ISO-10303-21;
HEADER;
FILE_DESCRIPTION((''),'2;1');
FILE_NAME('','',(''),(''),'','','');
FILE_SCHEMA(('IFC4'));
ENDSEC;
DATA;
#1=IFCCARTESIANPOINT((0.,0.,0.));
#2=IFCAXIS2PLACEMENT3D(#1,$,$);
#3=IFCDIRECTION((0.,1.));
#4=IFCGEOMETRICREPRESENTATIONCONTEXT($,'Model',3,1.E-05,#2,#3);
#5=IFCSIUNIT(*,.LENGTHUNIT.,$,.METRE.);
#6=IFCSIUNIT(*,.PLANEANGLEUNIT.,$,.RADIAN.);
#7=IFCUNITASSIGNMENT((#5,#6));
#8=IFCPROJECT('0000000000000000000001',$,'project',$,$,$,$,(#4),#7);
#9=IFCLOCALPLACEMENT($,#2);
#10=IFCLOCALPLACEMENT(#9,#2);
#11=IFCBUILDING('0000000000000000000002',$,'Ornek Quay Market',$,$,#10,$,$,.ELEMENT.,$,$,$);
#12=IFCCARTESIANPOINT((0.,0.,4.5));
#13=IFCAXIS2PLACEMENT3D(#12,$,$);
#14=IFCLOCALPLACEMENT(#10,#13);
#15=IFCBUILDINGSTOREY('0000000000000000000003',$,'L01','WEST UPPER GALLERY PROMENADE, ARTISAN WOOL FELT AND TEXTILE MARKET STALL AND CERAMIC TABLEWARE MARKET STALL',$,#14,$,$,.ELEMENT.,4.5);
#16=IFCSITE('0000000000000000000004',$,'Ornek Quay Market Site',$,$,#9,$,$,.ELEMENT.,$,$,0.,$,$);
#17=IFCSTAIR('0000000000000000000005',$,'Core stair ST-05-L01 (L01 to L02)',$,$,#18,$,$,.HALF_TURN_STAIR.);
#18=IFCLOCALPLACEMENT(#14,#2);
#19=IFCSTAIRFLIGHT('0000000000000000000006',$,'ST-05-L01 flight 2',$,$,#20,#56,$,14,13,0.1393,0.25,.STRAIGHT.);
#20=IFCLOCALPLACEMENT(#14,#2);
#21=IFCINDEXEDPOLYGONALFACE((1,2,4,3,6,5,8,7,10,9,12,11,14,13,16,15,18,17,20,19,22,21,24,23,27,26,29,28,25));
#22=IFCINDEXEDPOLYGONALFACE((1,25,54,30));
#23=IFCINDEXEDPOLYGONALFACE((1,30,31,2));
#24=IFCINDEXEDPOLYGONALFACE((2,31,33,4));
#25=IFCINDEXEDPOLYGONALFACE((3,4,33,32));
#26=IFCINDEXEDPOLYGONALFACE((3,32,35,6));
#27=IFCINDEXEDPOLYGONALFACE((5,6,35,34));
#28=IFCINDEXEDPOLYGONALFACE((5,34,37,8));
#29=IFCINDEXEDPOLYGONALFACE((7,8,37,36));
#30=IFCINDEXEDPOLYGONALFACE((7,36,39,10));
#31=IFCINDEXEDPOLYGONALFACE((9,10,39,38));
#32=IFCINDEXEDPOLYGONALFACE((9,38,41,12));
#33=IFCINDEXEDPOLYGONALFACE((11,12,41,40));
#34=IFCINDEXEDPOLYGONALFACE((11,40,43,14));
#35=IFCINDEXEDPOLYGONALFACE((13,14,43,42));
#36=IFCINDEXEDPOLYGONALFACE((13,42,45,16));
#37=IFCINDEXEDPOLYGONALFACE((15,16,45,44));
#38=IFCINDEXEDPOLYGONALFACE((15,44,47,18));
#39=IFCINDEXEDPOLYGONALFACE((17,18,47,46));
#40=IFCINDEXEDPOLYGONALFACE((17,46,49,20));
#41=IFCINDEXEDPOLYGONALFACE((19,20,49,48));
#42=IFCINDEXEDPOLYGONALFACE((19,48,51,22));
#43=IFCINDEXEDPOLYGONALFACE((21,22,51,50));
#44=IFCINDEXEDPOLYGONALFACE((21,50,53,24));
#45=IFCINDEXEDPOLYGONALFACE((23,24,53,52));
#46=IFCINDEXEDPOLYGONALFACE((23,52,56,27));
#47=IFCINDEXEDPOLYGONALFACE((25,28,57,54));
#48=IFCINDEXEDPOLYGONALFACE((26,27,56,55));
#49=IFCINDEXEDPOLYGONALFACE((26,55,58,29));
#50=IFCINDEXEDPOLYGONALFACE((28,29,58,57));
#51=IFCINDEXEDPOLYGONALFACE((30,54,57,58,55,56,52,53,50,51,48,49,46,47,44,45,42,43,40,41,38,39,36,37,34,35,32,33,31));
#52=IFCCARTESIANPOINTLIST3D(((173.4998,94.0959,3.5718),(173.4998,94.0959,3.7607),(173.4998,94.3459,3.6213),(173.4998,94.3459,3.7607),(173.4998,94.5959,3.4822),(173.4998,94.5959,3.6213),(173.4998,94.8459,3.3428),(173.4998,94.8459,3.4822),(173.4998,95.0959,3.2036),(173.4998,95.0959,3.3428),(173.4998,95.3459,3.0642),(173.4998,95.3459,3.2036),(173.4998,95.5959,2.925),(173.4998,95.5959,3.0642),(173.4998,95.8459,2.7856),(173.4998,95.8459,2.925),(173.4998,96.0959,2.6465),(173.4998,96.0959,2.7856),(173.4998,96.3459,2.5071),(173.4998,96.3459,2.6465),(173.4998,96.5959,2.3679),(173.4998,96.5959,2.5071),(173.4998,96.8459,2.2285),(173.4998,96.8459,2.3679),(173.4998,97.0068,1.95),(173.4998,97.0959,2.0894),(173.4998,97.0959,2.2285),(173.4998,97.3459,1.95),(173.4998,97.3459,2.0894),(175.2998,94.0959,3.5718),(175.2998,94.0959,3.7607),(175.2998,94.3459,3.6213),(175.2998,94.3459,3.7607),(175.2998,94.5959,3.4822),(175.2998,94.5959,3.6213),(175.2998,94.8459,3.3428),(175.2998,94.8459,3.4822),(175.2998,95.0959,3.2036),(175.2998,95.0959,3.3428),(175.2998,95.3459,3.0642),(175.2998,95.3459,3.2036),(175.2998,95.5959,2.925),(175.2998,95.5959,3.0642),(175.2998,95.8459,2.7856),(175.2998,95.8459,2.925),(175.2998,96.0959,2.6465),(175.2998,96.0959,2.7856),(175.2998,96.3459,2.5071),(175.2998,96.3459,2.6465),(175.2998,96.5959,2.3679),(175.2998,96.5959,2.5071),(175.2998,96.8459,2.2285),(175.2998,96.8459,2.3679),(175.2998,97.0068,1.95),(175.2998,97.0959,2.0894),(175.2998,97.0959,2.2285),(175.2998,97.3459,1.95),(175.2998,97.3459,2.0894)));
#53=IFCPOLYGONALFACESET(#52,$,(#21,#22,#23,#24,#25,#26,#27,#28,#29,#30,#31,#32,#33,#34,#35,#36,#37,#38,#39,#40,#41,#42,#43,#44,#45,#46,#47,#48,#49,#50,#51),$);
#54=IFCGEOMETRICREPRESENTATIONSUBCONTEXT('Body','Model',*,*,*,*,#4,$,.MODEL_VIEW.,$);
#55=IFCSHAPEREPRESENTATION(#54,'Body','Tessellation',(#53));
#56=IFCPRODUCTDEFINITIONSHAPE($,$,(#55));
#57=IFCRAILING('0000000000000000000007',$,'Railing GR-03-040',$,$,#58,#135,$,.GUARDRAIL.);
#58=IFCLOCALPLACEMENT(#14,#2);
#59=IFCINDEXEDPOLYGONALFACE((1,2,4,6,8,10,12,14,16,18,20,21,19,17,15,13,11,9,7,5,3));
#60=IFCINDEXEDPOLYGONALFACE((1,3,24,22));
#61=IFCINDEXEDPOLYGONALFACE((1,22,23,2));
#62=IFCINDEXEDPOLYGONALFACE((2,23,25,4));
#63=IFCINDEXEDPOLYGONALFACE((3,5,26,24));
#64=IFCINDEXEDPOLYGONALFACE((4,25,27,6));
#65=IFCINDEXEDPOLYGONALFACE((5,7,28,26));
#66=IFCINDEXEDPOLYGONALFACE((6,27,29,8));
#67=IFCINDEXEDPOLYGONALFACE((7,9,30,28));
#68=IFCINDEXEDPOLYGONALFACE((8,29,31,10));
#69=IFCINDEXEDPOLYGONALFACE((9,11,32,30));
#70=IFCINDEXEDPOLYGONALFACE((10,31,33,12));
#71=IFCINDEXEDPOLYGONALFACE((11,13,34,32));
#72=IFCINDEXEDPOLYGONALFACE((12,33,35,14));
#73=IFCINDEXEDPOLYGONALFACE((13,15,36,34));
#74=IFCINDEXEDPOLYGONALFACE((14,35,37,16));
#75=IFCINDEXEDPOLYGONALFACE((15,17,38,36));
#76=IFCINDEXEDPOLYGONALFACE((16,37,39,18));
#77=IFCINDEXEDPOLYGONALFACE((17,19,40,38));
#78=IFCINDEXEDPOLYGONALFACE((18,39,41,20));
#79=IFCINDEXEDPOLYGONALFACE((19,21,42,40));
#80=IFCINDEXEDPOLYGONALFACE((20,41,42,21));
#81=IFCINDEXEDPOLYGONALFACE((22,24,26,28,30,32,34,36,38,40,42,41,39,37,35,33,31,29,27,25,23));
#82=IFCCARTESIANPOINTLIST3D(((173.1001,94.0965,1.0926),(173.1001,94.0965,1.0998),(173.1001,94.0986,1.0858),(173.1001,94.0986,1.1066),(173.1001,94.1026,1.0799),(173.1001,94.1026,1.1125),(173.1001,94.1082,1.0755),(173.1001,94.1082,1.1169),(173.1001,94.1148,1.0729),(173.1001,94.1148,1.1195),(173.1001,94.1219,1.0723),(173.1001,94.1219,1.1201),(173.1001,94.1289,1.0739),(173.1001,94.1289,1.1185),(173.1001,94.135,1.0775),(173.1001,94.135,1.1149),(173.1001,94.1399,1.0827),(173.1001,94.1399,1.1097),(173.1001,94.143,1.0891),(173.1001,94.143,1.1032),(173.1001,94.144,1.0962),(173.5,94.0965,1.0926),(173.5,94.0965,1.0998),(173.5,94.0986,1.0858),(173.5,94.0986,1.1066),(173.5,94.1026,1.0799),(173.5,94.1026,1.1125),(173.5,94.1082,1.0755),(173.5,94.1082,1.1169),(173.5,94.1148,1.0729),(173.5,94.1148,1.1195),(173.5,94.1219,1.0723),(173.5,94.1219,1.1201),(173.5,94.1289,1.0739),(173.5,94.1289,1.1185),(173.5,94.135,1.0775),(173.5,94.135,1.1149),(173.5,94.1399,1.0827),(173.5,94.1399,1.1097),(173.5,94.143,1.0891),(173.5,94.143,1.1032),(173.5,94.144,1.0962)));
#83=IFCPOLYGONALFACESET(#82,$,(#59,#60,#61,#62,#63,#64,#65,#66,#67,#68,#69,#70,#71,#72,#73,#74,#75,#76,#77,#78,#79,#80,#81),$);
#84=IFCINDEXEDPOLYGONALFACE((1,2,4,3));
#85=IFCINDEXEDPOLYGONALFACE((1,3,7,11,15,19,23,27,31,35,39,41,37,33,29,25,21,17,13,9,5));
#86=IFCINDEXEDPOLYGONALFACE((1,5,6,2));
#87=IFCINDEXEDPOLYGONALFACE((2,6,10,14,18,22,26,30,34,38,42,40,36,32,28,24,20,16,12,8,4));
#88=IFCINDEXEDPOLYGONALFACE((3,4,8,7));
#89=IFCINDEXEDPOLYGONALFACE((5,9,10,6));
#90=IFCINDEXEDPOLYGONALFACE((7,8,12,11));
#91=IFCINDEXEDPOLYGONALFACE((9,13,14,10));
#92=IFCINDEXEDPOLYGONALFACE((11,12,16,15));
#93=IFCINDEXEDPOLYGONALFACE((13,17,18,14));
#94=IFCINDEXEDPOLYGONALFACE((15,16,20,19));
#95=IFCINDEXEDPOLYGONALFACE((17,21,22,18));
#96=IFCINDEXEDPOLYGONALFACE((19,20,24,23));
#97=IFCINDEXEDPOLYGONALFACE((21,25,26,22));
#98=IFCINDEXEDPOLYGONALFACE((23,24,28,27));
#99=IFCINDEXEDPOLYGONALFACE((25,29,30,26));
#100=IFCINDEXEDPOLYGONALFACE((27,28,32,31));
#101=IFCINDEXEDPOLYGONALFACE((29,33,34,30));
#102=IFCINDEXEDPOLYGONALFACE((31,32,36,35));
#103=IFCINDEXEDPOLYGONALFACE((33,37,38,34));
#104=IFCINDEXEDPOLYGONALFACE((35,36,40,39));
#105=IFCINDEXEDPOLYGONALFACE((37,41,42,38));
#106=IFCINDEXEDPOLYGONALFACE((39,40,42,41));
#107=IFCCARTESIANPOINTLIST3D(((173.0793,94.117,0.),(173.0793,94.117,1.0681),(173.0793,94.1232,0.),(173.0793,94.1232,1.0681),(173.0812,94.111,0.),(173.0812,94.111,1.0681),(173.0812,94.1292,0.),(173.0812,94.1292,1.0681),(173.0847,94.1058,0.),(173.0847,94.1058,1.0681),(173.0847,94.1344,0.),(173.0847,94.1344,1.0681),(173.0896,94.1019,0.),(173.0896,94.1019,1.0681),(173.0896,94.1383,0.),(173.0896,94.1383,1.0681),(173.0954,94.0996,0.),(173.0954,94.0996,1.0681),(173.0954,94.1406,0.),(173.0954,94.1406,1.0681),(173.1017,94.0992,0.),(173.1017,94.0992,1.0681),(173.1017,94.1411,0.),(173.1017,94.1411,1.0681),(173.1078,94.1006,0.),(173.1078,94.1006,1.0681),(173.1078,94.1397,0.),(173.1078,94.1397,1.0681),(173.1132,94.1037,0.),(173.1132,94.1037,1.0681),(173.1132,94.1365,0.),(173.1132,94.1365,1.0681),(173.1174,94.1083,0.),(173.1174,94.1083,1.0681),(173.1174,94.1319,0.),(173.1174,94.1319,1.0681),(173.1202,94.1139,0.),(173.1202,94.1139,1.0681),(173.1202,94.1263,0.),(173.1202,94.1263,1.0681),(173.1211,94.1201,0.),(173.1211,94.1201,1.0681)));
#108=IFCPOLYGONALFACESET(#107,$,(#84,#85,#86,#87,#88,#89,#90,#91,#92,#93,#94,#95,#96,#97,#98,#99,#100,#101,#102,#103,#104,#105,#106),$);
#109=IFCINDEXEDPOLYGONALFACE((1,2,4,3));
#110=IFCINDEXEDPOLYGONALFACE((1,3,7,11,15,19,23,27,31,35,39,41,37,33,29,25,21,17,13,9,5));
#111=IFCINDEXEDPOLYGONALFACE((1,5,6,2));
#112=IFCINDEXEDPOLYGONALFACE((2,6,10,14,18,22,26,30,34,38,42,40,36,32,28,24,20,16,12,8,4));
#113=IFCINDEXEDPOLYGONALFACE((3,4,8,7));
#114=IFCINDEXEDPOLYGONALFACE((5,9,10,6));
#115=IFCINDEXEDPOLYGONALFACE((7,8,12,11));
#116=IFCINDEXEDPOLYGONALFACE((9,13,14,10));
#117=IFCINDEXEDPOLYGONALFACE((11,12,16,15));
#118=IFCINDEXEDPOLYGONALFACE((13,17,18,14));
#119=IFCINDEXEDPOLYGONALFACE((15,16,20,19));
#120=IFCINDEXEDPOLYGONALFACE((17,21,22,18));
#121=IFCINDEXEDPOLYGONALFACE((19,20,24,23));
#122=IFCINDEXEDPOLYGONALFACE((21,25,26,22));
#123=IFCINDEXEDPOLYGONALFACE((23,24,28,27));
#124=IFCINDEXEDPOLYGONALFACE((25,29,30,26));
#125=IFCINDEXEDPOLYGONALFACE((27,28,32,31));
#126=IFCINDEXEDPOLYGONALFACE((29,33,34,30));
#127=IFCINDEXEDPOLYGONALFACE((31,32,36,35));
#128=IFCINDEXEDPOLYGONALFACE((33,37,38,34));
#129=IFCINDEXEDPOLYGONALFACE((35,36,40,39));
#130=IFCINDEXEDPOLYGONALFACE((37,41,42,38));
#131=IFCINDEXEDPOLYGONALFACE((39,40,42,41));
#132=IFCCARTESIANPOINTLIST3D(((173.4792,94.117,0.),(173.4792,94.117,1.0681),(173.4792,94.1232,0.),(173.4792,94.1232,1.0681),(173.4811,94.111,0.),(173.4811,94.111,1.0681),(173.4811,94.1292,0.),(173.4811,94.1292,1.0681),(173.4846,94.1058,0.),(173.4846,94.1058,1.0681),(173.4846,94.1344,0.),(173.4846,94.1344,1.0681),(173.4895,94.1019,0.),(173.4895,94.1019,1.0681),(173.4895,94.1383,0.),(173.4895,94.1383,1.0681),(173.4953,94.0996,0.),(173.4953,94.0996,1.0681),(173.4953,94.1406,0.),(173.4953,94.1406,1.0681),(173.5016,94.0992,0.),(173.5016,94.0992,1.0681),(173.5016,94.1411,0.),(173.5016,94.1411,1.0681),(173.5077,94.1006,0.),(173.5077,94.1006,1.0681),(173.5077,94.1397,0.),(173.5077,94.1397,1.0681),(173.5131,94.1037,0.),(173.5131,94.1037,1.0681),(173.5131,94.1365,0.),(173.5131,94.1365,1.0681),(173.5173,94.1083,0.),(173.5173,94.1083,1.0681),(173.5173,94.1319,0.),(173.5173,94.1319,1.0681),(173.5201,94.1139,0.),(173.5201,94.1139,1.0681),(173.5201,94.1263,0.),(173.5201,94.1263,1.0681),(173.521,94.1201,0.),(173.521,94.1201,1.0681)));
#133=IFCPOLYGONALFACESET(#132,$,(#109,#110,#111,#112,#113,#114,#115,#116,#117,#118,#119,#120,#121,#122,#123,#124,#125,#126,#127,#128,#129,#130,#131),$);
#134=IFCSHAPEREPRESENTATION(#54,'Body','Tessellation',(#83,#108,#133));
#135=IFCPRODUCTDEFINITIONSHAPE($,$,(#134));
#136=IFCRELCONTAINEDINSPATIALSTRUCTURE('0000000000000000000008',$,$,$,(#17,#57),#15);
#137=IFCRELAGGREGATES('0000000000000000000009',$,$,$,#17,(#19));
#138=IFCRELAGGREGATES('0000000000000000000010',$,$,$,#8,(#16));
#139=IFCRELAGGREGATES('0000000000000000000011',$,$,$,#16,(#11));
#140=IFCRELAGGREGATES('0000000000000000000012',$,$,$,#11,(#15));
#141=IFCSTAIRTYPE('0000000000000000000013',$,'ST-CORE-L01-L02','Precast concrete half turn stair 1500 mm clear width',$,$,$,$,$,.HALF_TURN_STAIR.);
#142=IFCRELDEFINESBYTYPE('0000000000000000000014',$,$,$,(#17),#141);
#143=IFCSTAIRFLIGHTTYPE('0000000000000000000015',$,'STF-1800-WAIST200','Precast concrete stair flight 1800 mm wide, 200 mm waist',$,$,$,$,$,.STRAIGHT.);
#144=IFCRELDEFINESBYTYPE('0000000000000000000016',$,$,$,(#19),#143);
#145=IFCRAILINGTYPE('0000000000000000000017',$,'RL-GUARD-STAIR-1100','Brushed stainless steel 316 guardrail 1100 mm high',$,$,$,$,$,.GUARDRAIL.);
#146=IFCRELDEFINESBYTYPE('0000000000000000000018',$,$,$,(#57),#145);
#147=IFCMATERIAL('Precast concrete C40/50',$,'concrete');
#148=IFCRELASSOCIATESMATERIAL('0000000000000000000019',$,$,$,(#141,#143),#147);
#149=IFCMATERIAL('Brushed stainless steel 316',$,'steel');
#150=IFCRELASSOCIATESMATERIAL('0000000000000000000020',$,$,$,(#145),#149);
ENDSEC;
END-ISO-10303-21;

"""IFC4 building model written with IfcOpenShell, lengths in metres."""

from ifc_helpers import new_model, si_unit, direction, frame, origin, origin_2d, place, context, subcontext, project, spatial, polyline, circle, outline, extrude, material, type_object, element, aggregate, save


model = new_model("IFC4")

# Units and contexts
model_context = context("Model", 3, precision=1e-05, world=origin(), true_north=direction((0.0, 1.0)))
body_context = subcontext(model_context, "Body", "Model", "MODEL_VIEW")
ifc_project = project(units=[si_unit("LENGTHUNIT", "METRE"), si_unit("PLANEANGLEUNIT", "RADIAN")], contexts=[model_context])

# Site, building, storey
site_placement = place(None, origin())
site = spatial("IfcSite", under=ifc_project, at=site_placement, Name="Ornek Quay Market Site", CompositionType="ELEMENT", RefElevation=0.0)
building_placement = place(site_placement, origin())
building = spatial("IfcBuilding", under=site, at=building_placement, Name="Ornek Quay Market", CompositionType="ELEMENT")
storey_placement = place(building_placement, frame((0.0, 0.0, 4.5)))
storey = spatial("IfcBuildingStorey", under=building, at=storey_placement, Name="L01", Description="WEST UPPER GALLERY PROMENADE, ARTISAN WOOL FELT AND TEXTILE MARKET STALL AND CERAMIC TABLEWARE MARKET STALL", CompositionType="ELEMENT", Elevation=4.5)

# Stair, stair flight
ifc_material_1 = material(Name="Precast concrete C40/50", Category="concrete")
stair_type = type_object("IfcStairType", Name="ST-CORE-L01-L02", Description="Precast concrete half turn stair 1500 mm clear width", PredefinedType="HALF_TURN_STAIR", material=ifc_material_1)
stair_placement = place(storey_placement, origin())
stair = element("IfcStair", 1, at=stair_placement, inside=storey, type_object=stair_type, Name="Core stair ST-05-L01 (L01 to L02)", PredefinedType="HALF_TURN_STAIR")
stair_flight_type = type_object("IfcStairFlightType", Name="STF-1800-WAIST200", Description="Precast concrete stair flight 1800 mm wide, 200 mm waist", PredefinedType="STRAIGHT", material=ifc_material_1)
stair_flight_1_placement = place(storey_placement, frame((174.3999, 97.3459, 1.95), z_axis=(0.0, 0.0, 1.0), x_axis=(0.0, -1.0, 0.0)))
stair_flight_1 = element("IfcStairFlight", 2, at=stair_flight_1_placement, type_object=stair_flight_type, Name="ST-05-L01 flight 2", NumberOfRisers=14, NumberOfTreads=13, PredefinedType="STRAIGHT", RiserHeight=0.1393, TreadLength=0.25, context=body_context, shape_type="SweptSolid", body=[
    extrude(outline(polyline([(0.0, 0.0), (0.0, 0.1394), (0.25, 0.1394), (0.25, 0.2786), (0.5, 0.2786), (0.5, 0.418), (0.75, 0.418), (0.75, 0.5571), (1.0, 0.5571), (1.0, 0.6965), (1.25, 0.6965), (1.25, 0.8357), (1.5, 0.8357), (1.5, 0.9751), (1.75, 0.9751), (1.75, 1.1143), (2.0, 1.1143), (2.0, 1.2537), (2.25, 1.2537), (2.25, 1.3928), (2.5, 1.3928), (2.5, 1.5322), (2.75, 1.5322), (2.75, 1.6714), (3.0, 1.6714), (3.0, 1.8108), (3.25, 1.8108), (3.25, 1.95), (3.25, 1.6218), (0.3391, 0.0), (0.0, 0.0)])), frame((0.0, 0.8999, 0.0), z_axis=(0.0, -1.0, 0.0), x_axis=(1.0, 0.0, 0.0)), (0.0, 0.0, 1.0), 1.8),
])
aggregate(stair, [stair_flight_1])

# Railing
ifc_material_2 = material(Name="Brushed stainless steel 316", Category="steel")
railing_type_1 = type_object("IfcRailingType", Name="RL-GUARD-STAIR-1100", Description="Brushed stainless steel 316 guardrail 1100 mm high", PredefinedType="GUARDRAIL", material=ifc_material_2)
railing_1_placement = place(storey_placement, frame((173.1001, 94.1201, 0.0)))
element("IfcRailing", 3, at=railing_1_placement, inside=storey, type_object=railing_type_1, Name="Railing GR-03-040", PredefinedType="GUARDRAIL", context=body_context, shape_type="SweptSolid", body=[
    extrude(circle(Radius=0.0239, at=origin_2d()), frame((0.0, 0.0, 1.0962), z_axis=(1.0, 0.0, 0.0), x_axis=(0.0, 1.0, 0.0)), (0.0, 0.0, 1.0), 0.3999),
    extrude(circle(Radius=0.021, at=origin_2d()), origin(), (0.0, 0.0, 1.0), 1.0681),
    extrude(circle(Radius=0.021, at=origin_2d()), frame((0.3999, 0.0, 0.0)), (0.0, 0.0, 1.0), 1.0681),
])

save(model, "model.ifc")
